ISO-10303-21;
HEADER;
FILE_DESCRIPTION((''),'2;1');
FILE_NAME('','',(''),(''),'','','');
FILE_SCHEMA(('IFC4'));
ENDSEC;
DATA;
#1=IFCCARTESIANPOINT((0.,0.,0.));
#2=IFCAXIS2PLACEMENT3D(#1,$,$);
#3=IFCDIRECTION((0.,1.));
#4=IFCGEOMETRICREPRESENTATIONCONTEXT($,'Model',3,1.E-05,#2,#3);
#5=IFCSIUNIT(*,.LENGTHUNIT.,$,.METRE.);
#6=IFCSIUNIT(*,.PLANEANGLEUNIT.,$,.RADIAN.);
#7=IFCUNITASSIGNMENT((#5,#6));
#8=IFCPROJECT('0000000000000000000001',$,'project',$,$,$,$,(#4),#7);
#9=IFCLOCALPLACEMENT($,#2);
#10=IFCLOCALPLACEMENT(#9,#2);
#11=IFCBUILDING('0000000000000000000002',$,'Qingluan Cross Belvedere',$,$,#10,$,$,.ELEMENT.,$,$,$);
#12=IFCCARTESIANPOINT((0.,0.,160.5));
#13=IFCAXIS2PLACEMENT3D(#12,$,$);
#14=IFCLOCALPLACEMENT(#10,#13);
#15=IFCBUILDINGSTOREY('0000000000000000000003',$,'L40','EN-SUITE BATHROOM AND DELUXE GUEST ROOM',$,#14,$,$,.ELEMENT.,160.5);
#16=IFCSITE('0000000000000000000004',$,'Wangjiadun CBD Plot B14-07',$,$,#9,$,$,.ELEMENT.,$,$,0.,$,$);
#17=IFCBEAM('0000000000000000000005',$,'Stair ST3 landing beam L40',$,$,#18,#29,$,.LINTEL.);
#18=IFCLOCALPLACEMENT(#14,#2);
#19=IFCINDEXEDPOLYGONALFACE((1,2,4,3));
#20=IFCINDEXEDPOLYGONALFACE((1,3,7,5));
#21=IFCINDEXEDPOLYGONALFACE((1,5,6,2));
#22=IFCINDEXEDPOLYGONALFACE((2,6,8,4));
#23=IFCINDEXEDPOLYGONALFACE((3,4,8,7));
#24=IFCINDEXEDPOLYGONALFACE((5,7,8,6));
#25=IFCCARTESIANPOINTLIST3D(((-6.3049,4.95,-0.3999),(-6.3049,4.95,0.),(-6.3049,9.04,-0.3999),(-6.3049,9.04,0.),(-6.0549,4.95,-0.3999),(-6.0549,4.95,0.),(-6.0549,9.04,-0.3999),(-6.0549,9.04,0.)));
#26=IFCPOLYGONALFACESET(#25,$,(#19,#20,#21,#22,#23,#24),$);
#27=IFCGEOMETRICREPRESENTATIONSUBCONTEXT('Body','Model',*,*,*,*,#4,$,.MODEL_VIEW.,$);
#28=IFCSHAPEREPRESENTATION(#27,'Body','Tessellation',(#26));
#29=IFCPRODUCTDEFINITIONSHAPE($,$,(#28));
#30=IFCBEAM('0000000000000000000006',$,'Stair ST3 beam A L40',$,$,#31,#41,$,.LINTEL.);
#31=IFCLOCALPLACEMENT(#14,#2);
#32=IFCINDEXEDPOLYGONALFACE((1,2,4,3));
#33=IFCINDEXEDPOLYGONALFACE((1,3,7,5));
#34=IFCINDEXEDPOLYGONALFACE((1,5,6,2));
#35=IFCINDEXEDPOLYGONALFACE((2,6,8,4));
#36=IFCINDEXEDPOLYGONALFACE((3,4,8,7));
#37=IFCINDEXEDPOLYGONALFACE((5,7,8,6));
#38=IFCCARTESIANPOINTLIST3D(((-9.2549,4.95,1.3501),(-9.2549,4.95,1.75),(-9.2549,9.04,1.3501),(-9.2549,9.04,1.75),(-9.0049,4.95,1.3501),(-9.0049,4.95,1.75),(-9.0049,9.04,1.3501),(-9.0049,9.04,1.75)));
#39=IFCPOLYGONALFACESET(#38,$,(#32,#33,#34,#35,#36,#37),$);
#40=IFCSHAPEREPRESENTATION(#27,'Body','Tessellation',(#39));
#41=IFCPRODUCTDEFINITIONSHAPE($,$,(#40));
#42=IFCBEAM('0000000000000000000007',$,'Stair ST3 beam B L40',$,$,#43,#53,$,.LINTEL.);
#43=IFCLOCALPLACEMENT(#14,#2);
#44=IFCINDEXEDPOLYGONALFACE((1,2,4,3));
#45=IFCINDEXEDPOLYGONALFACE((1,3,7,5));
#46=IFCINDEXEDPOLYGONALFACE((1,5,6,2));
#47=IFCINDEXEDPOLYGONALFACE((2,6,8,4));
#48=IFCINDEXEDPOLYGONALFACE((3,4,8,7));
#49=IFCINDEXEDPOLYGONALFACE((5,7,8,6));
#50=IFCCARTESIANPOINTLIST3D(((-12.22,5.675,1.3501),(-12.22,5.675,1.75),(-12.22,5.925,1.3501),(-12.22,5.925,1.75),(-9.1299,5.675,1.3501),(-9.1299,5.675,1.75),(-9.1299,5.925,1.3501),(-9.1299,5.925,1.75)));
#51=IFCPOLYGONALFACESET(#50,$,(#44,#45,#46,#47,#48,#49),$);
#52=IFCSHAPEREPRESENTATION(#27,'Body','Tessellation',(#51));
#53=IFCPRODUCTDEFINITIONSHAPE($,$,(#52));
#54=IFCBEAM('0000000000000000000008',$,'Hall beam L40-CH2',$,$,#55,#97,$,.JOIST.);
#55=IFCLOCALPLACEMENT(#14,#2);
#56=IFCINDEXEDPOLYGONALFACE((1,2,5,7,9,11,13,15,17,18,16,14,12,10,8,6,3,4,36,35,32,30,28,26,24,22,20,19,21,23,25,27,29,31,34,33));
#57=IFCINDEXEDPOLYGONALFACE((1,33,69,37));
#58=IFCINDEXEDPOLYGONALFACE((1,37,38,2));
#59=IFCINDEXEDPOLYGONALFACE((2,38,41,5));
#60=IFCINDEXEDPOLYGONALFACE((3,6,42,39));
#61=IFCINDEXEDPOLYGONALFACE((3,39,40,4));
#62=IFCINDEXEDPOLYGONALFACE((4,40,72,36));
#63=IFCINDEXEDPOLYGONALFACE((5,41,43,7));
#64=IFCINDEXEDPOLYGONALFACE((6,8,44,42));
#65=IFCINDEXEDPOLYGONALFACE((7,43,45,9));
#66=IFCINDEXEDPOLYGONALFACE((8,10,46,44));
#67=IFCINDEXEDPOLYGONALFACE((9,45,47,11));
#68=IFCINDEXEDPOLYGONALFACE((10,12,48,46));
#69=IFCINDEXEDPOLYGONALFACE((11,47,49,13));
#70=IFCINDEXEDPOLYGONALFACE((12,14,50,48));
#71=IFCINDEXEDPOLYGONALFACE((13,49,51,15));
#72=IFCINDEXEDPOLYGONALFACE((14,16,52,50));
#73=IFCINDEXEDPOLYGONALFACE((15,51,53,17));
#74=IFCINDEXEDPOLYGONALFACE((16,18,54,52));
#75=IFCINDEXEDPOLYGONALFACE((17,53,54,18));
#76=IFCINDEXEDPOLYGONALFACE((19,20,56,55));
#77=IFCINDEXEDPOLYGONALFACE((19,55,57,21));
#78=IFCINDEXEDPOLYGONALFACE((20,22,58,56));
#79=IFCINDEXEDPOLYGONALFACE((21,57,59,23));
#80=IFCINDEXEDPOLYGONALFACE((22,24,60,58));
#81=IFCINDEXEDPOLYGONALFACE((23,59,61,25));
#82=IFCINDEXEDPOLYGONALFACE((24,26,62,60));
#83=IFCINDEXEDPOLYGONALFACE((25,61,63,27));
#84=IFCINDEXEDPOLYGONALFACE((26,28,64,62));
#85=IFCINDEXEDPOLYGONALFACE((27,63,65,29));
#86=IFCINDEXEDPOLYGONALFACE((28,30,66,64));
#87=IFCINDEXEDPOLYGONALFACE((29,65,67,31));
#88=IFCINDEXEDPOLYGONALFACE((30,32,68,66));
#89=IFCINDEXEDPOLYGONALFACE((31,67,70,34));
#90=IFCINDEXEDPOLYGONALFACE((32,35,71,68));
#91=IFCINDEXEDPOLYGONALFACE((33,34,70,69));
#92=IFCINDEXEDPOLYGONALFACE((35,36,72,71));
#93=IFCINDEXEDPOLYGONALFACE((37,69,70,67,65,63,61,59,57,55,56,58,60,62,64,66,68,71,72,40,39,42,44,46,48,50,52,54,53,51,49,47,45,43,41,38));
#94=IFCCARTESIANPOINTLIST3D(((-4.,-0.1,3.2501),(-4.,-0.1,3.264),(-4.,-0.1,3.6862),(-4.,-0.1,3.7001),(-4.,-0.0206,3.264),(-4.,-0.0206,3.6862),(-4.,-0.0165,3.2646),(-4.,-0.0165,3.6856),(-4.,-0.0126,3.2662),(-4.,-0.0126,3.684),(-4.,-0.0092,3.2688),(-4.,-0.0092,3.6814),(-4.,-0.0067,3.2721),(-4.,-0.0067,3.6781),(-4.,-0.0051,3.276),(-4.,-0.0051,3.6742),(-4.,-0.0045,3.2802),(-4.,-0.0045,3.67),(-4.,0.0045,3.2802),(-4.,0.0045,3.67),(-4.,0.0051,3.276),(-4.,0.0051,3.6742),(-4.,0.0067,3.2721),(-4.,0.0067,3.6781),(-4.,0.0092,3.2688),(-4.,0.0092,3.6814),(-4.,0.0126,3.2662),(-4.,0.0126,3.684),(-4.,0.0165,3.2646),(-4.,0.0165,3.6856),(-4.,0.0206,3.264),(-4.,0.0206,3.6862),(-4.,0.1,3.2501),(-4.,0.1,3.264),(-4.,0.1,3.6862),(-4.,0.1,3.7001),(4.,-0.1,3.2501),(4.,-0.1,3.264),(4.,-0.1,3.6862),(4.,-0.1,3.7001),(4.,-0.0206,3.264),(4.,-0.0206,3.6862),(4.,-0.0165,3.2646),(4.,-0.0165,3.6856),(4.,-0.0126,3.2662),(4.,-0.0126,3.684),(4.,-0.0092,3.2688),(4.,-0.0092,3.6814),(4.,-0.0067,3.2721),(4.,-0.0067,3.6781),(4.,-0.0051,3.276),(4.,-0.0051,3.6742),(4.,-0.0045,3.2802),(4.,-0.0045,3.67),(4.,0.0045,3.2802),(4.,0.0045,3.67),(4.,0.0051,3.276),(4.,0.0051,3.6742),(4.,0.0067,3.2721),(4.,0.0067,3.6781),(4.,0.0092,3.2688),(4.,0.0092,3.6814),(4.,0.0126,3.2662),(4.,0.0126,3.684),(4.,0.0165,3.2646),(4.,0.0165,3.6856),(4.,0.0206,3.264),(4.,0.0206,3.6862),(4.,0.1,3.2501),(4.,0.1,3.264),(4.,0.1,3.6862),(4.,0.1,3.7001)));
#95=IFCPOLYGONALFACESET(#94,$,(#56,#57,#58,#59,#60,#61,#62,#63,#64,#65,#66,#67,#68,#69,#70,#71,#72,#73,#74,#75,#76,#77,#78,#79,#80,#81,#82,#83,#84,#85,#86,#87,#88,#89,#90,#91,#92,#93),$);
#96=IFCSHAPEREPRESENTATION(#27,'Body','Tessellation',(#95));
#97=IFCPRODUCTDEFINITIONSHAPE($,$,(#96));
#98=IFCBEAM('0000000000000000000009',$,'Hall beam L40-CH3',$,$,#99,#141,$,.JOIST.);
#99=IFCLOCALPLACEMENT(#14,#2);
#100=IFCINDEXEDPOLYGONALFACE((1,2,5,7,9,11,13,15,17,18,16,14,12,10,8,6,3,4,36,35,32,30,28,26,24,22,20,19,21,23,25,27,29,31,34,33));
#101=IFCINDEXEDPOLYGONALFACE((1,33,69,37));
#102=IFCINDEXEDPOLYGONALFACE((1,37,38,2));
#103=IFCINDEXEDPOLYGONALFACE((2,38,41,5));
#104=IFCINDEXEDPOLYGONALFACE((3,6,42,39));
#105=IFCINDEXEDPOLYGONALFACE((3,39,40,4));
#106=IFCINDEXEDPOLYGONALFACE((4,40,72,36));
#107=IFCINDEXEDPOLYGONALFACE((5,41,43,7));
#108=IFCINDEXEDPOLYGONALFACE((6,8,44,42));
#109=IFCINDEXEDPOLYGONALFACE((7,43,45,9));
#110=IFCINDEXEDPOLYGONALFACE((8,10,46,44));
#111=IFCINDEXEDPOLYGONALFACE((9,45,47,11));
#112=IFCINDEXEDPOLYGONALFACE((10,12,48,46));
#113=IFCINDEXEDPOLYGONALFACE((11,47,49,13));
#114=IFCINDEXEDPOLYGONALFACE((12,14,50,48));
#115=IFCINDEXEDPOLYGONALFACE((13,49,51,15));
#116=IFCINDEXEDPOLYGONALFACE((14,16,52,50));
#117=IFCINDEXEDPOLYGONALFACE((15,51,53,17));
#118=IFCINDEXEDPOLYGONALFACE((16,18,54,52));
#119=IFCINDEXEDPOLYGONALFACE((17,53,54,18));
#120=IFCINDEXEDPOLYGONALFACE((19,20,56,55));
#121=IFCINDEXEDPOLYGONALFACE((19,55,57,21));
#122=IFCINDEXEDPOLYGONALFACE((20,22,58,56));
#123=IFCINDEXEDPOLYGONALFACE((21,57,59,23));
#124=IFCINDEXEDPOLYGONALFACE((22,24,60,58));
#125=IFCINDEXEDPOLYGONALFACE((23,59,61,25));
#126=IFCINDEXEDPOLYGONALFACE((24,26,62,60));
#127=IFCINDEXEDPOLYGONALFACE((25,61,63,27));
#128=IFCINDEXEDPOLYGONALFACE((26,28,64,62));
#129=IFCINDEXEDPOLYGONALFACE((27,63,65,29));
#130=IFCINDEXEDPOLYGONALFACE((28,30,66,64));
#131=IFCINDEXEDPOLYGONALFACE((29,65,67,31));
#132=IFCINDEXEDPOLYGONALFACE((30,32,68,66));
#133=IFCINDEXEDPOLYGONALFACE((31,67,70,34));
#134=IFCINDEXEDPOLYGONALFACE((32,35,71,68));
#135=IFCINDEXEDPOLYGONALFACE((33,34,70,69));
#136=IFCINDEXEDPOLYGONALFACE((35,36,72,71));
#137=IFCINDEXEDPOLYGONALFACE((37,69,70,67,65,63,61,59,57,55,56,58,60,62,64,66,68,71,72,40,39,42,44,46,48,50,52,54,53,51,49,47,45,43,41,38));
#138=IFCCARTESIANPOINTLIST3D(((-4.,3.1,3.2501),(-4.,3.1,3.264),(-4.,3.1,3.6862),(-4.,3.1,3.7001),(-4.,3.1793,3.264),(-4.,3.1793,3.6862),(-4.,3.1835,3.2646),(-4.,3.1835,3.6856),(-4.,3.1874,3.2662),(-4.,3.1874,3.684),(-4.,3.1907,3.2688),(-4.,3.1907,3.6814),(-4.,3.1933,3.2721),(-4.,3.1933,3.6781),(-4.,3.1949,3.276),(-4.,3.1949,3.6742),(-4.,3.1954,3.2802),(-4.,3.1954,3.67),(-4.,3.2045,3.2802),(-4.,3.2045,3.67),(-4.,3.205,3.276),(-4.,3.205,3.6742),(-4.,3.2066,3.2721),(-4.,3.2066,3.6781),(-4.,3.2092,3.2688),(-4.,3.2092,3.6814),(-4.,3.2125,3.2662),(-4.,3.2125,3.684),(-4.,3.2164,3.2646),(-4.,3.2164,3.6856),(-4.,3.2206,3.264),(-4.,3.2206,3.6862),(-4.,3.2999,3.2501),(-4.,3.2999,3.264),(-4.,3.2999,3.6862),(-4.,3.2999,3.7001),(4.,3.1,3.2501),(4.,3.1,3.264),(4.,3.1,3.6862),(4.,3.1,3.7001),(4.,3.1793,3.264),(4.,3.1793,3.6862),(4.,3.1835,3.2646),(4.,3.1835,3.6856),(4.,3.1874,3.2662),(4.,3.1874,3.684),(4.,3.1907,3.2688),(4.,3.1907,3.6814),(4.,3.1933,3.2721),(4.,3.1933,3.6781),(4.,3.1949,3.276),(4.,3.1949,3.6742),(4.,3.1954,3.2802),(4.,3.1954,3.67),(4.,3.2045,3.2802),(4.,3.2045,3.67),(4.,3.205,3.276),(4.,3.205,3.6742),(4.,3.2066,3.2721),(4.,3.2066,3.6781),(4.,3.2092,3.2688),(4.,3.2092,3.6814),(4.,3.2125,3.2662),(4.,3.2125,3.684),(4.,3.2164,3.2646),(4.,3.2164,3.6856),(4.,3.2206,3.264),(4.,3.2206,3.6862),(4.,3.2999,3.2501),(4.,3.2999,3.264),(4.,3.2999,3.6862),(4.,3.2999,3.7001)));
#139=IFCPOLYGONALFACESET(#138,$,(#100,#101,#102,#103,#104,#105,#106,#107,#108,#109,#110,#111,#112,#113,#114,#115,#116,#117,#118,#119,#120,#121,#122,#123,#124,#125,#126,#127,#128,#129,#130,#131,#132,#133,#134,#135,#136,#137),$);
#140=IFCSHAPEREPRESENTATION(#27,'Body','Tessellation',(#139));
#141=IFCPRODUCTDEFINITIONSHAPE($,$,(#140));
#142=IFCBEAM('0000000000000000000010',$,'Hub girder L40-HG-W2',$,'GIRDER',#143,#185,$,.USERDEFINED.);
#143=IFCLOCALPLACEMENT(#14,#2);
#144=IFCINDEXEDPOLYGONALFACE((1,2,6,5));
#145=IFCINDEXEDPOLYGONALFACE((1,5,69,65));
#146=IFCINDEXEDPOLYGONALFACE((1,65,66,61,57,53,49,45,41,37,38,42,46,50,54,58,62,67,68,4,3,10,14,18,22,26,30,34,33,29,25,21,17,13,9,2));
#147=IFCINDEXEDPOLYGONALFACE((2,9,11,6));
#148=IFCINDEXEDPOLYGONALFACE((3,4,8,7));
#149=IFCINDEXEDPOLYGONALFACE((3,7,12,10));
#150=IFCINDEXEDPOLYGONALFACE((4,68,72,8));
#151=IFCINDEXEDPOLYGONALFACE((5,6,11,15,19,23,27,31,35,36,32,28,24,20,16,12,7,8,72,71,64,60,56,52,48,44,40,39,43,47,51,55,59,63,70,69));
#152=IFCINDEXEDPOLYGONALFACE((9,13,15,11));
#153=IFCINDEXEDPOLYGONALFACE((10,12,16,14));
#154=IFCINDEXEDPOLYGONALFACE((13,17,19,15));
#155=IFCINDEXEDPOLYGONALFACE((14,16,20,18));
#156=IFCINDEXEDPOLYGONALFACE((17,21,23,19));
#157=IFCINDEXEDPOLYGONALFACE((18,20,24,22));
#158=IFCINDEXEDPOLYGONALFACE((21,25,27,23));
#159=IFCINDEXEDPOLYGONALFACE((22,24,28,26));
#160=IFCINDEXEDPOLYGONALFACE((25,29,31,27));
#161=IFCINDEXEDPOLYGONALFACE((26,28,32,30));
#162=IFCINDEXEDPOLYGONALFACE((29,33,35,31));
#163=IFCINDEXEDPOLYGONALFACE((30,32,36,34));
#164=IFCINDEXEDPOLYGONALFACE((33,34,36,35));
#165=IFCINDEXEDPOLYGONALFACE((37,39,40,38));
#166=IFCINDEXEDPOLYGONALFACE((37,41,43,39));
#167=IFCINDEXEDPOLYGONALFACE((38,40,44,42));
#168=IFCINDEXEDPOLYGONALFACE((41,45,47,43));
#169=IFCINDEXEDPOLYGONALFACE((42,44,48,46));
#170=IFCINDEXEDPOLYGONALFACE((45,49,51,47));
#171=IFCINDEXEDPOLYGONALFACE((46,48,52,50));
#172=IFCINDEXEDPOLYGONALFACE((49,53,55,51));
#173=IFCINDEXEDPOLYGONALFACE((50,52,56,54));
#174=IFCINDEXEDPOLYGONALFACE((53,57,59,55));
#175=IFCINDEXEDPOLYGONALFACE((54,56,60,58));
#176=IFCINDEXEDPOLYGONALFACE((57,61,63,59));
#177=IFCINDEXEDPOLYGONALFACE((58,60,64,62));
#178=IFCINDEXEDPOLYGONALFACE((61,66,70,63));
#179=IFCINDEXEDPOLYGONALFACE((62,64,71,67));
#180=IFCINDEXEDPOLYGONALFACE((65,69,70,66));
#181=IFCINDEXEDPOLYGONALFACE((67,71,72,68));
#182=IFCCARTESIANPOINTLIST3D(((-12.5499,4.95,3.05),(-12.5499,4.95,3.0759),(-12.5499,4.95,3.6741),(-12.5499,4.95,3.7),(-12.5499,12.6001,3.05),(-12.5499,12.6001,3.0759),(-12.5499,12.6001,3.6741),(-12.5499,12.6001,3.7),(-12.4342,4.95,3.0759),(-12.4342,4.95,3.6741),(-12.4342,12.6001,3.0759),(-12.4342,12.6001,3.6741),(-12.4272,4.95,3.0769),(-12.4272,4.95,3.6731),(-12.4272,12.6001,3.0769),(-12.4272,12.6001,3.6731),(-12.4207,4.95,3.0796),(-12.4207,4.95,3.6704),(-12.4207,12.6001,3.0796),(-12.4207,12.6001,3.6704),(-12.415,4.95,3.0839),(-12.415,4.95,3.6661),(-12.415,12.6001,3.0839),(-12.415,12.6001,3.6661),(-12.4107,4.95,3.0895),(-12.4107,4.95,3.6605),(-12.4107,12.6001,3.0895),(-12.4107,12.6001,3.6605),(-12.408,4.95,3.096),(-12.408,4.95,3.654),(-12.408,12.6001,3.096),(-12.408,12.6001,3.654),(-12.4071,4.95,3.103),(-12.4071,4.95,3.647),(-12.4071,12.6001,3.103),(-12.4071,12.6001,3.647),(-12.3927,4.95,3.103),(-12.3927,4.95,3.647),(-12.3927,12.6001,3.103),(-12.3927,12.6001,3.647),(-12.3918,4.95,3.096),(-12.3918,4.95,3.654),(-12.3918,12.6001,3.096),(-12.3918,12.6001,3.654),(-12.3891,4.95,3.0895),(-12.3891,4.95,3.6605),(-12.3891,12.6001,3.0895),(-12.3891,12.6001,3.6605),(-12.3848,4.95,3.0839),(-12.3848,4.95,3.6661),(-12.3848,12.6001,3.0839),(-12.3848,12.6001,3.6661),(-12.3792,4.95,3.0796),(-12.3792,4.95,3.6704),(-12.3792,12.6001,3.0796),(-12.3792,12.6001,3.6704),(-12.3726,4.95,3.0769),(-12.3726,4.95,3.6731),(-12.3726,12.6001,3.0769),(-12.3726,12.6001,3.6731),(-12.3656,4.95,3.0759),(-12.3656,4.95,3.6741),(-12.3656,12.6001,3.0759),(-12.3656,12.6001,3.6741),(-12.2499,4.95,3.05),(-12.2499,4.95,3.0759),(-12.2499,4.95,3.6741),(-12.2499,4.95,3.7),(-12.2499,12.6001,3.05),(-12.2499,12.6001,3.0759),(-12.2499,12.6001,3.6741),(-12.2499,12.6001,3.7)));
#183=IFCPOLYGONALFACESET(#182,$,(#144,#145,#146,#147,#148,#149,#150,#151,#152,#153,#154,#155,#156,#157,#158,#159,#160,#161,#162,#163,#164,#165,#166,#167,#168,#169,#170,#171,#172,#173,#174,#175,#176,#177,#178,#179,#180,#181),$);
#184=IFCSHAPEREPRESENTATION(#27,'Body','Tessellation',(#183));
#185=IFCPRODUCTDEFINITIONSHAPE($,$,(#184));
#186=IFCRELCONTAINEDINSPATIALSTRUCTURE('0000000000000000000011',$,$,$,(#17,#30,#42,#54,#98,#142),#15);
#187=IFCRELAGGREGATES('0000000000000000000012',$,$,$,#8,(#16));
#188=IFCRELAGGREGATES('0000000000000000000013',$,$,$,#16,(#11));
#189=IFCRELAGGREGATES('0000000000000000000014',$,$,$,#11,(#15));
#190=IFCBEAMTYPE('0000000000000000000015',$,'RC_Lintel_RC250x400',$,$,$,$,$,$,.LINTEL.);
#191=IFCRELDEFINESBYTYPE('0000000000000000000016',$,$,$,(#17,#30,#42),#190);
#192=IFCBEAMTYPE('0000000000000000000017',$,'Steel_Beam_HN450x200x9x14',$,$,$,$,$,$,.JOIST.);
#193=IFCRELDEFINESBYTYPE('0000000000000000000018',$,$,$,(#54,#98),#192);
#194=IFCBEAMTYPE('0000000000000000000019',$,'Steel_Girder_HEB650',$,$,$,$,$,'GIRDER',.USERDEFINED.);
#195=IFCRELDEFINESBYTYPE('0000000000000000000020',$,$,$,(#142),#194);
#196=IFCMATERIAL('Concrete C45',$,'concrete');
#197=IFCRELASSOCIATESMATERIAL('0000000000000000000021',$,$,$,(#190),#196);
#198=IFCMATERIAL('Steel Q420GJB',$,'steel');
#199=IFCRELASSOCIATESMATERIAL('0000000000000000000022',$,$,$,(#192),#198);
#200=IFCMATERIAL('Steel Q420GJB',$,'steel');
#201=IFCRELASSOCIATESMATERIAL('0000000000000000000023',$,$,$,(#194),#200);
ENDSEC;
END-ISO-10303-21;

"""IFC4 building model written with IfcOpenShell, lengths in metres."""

from ifc_helpers import new_model, si_unit, direction, frame, origin, origin_2d, place, context, subcontext, project, spatial, rectangle, i_section, extrude, material, material_profile, profile_set, type_object, element, save


model = new_model("IFC4")

# Units and contexts
model_context = context("Model", 3, precision=1e-05, world=origin(), true_north=direction((0.0, 1.0)))
body_context = subcontext(model_context, "Body", "Model", "MODEL_VIEW")
ifc_project = project(units=[si_unit("LENGTHUNIT", "METRE"), si_unit("PLANEANGLEUNIT", "RADIAN")], contexts=[model_context])

# Site, building, storey
site_placement = place(None, origin())
site = spatial("IfcSite", under=ifc_project, at=site_placement, Name="Wangjiadun CBD Plot B14-07", CompositionType="ELEMENT", RefElevation=0.0)
building_placement = place(site_placement, origin())
building = spatial("IfcBuilding", under=site, at=building_placement, Name="Qingluan Cross Belvedere", CompositionType="ELEMENT")
storey_placement = place(building_placement, frame((0.0, 0.0, 160.5)))
storey = spatial("IfcBuildingStorey", under=building, at=storey_placement, Name="L40", Description="EN-SUITE BATHROOM AND DELUXE GUEST ROOM", CompositionType="ELEMENT", Elevation=160.5)

# Beams
ifc_material_1 = material(Name="Concrete C45", Category="concrete")
ifc_material_profile_1 = material_profile(ifc_material_1, rectangle(XDim=0.25, YDim=0.3999, at=origin_2d()), Name="RC250x400")
ifc_profile_set_1 = profile_set([ifc_material_profile_1], Name="Concrete C45")
beam_type_1 = type_object("IfcBeamType", Name="RC_Lintel_RC250x400", PredefinedType="LINTEL", material=ifc_profile_set_1)
for number, where, z_axis, x_axis, name in (
    (1, (-6.1799, 4.95, -0.2), (0.0, 1.0, 0.0), (-1.0, 0.0, 0.0), "Stair ST3 landing beam L40"),
    (2, (-9.1299, 4.95, 1.55), (0.0, 1.0, 0.0), (-1.0, 0.0, 0.0), "Stair ST3 beam A L40"),
):
    element("IfcBeam", number, at=place(storey_placement, frame(where, z_axis=z_axis, x_axis=x_axis)), inside=storey, type_object=beam_type_1, Name=name, PredefinedType="LINTEL", context=body_context, shape_type="SweptSolid", body=[
        extrude(rectangle(XDim=0.25, YDim=0.3999, at=origin_2d()), origin(), (0.0, 0.0, 1.0), 4.0901),
    ])
beam_1_placement = place(storey_placement, frame((-12.22, 5.8, 1.55), z_axis=(1.0, 0.0, 0.0), x_axis=(0.0, 1.0, 0.0)))
element("IfcBeam", 3, at=beam_1_placement, inside=storey, type_object=beam_type_1, Name="Stair ST3 beam B L40", PredefinedType="LINTEL", context=body_context, shape_type="SweptSolid", body=[
    extrude(rectangle(XDim=0.25, YDim=0.3999, at=origin_2d()), origin(), (0.0, 0.0, 1.0), 3.0901),
])
ifc_material_2 = material(Name="Steel Q420GJB", Category="steel")
ifc_material_profile_2 = material_profile(ifc_material_2, i_section(OverallWidth=0.2, OverallDepth=0.45, WebThickness=0.009, FlangeThickness=0.0139, FilletRadius=0.0161, at=origin_2d()), Name="HN450x200x9x14")
ifc_profile_set_2 = profile_set([ifc_material_profile_2], Name="Steel Q420GJB")
beam_type_2 = type_object("IfcBeamType", Name="Steel_Beam_HN450x200x9x14", PredefinedType="JOIST", material=ifc_profile_set_2)
for number, where, z_axis, x_axis, name in (
    (4, (-4.0, 0.0, 3.4751), (1.0, 0.0, 0.0), (0.0, 1.0, 0.0), "Hall beam L40-CH2"),
    (5, (-4.0, 3.2, 3.4751), (1.0, 0.0, 0.0), (0.0, 1.0, 0.0), "Hall beam L40-CH3"),
):
    element("IfcBeam", number, at=place(storey_placement, frame(where, z_axis=z_axis, x_axis=x_axis)), inside=storey, type_object=beam_type_2, Name=name, PredefinedType="JOIST", context=body_context, shape_type="SweptSolid", body=[
        extrude(i_section(OverallWidth=0.2, OverallDepth=0.45, WebThickness=0.009, FlangeThickness=0.0139, FilletRadius=0.0161, at=origin_2d()), origin(), (0.0, 0.0, 1.0), 8.0),
    ])
ifc_material_3 = material(Name="Steel Q420GJB", Category="steel")
ifc_material_profile_3 = material_profile(ifc_material_3, i_section(OverallWidth=0.3, OverallDepth=0.6499, WebThickness=0.0144, FlangeThickness=0.0259, FilletRadius=0.0271, at=origin_2d()), Name="HEB650")
ifc_profile_set_3 = profile_set([ifc_material_profile_3], Name="Steel Q420GJB")
beam_type_3 = type_object("IfcBeamType", Name="Steel_Girder_HEB650", ElementType="GIRDER", PredefinedType="USERDEFINED", material=ifc_profile_set_3)
beam_2_placement = place(storey_placement, frame((-12.3999, 4.95, 3.375), z_axis=(0.0, 1.0, 0.0), x_axis=(-1.0, 0.0, 0.0)))
element("IfcBeam", 6, at=beam_2_placement, inside=storey, type_object=beam_type_3, Name="Hub girder L40-HG-W2", ObjectType="GIRDER", PredefinedType="USERDEFINED", context=body_context, shape_type="SweptSolid", body=[
    extrude(i_section(OverallWidth=0.3, OverallDepth=0.6499, WebThickness=0.0144, FlangeThickness=0.0259, FilletRadius=0.0271, at=origin_2d()), origin(), (0.0, 0.0, 1.0), 7.6501),
])

save(model, "model.ifc")
